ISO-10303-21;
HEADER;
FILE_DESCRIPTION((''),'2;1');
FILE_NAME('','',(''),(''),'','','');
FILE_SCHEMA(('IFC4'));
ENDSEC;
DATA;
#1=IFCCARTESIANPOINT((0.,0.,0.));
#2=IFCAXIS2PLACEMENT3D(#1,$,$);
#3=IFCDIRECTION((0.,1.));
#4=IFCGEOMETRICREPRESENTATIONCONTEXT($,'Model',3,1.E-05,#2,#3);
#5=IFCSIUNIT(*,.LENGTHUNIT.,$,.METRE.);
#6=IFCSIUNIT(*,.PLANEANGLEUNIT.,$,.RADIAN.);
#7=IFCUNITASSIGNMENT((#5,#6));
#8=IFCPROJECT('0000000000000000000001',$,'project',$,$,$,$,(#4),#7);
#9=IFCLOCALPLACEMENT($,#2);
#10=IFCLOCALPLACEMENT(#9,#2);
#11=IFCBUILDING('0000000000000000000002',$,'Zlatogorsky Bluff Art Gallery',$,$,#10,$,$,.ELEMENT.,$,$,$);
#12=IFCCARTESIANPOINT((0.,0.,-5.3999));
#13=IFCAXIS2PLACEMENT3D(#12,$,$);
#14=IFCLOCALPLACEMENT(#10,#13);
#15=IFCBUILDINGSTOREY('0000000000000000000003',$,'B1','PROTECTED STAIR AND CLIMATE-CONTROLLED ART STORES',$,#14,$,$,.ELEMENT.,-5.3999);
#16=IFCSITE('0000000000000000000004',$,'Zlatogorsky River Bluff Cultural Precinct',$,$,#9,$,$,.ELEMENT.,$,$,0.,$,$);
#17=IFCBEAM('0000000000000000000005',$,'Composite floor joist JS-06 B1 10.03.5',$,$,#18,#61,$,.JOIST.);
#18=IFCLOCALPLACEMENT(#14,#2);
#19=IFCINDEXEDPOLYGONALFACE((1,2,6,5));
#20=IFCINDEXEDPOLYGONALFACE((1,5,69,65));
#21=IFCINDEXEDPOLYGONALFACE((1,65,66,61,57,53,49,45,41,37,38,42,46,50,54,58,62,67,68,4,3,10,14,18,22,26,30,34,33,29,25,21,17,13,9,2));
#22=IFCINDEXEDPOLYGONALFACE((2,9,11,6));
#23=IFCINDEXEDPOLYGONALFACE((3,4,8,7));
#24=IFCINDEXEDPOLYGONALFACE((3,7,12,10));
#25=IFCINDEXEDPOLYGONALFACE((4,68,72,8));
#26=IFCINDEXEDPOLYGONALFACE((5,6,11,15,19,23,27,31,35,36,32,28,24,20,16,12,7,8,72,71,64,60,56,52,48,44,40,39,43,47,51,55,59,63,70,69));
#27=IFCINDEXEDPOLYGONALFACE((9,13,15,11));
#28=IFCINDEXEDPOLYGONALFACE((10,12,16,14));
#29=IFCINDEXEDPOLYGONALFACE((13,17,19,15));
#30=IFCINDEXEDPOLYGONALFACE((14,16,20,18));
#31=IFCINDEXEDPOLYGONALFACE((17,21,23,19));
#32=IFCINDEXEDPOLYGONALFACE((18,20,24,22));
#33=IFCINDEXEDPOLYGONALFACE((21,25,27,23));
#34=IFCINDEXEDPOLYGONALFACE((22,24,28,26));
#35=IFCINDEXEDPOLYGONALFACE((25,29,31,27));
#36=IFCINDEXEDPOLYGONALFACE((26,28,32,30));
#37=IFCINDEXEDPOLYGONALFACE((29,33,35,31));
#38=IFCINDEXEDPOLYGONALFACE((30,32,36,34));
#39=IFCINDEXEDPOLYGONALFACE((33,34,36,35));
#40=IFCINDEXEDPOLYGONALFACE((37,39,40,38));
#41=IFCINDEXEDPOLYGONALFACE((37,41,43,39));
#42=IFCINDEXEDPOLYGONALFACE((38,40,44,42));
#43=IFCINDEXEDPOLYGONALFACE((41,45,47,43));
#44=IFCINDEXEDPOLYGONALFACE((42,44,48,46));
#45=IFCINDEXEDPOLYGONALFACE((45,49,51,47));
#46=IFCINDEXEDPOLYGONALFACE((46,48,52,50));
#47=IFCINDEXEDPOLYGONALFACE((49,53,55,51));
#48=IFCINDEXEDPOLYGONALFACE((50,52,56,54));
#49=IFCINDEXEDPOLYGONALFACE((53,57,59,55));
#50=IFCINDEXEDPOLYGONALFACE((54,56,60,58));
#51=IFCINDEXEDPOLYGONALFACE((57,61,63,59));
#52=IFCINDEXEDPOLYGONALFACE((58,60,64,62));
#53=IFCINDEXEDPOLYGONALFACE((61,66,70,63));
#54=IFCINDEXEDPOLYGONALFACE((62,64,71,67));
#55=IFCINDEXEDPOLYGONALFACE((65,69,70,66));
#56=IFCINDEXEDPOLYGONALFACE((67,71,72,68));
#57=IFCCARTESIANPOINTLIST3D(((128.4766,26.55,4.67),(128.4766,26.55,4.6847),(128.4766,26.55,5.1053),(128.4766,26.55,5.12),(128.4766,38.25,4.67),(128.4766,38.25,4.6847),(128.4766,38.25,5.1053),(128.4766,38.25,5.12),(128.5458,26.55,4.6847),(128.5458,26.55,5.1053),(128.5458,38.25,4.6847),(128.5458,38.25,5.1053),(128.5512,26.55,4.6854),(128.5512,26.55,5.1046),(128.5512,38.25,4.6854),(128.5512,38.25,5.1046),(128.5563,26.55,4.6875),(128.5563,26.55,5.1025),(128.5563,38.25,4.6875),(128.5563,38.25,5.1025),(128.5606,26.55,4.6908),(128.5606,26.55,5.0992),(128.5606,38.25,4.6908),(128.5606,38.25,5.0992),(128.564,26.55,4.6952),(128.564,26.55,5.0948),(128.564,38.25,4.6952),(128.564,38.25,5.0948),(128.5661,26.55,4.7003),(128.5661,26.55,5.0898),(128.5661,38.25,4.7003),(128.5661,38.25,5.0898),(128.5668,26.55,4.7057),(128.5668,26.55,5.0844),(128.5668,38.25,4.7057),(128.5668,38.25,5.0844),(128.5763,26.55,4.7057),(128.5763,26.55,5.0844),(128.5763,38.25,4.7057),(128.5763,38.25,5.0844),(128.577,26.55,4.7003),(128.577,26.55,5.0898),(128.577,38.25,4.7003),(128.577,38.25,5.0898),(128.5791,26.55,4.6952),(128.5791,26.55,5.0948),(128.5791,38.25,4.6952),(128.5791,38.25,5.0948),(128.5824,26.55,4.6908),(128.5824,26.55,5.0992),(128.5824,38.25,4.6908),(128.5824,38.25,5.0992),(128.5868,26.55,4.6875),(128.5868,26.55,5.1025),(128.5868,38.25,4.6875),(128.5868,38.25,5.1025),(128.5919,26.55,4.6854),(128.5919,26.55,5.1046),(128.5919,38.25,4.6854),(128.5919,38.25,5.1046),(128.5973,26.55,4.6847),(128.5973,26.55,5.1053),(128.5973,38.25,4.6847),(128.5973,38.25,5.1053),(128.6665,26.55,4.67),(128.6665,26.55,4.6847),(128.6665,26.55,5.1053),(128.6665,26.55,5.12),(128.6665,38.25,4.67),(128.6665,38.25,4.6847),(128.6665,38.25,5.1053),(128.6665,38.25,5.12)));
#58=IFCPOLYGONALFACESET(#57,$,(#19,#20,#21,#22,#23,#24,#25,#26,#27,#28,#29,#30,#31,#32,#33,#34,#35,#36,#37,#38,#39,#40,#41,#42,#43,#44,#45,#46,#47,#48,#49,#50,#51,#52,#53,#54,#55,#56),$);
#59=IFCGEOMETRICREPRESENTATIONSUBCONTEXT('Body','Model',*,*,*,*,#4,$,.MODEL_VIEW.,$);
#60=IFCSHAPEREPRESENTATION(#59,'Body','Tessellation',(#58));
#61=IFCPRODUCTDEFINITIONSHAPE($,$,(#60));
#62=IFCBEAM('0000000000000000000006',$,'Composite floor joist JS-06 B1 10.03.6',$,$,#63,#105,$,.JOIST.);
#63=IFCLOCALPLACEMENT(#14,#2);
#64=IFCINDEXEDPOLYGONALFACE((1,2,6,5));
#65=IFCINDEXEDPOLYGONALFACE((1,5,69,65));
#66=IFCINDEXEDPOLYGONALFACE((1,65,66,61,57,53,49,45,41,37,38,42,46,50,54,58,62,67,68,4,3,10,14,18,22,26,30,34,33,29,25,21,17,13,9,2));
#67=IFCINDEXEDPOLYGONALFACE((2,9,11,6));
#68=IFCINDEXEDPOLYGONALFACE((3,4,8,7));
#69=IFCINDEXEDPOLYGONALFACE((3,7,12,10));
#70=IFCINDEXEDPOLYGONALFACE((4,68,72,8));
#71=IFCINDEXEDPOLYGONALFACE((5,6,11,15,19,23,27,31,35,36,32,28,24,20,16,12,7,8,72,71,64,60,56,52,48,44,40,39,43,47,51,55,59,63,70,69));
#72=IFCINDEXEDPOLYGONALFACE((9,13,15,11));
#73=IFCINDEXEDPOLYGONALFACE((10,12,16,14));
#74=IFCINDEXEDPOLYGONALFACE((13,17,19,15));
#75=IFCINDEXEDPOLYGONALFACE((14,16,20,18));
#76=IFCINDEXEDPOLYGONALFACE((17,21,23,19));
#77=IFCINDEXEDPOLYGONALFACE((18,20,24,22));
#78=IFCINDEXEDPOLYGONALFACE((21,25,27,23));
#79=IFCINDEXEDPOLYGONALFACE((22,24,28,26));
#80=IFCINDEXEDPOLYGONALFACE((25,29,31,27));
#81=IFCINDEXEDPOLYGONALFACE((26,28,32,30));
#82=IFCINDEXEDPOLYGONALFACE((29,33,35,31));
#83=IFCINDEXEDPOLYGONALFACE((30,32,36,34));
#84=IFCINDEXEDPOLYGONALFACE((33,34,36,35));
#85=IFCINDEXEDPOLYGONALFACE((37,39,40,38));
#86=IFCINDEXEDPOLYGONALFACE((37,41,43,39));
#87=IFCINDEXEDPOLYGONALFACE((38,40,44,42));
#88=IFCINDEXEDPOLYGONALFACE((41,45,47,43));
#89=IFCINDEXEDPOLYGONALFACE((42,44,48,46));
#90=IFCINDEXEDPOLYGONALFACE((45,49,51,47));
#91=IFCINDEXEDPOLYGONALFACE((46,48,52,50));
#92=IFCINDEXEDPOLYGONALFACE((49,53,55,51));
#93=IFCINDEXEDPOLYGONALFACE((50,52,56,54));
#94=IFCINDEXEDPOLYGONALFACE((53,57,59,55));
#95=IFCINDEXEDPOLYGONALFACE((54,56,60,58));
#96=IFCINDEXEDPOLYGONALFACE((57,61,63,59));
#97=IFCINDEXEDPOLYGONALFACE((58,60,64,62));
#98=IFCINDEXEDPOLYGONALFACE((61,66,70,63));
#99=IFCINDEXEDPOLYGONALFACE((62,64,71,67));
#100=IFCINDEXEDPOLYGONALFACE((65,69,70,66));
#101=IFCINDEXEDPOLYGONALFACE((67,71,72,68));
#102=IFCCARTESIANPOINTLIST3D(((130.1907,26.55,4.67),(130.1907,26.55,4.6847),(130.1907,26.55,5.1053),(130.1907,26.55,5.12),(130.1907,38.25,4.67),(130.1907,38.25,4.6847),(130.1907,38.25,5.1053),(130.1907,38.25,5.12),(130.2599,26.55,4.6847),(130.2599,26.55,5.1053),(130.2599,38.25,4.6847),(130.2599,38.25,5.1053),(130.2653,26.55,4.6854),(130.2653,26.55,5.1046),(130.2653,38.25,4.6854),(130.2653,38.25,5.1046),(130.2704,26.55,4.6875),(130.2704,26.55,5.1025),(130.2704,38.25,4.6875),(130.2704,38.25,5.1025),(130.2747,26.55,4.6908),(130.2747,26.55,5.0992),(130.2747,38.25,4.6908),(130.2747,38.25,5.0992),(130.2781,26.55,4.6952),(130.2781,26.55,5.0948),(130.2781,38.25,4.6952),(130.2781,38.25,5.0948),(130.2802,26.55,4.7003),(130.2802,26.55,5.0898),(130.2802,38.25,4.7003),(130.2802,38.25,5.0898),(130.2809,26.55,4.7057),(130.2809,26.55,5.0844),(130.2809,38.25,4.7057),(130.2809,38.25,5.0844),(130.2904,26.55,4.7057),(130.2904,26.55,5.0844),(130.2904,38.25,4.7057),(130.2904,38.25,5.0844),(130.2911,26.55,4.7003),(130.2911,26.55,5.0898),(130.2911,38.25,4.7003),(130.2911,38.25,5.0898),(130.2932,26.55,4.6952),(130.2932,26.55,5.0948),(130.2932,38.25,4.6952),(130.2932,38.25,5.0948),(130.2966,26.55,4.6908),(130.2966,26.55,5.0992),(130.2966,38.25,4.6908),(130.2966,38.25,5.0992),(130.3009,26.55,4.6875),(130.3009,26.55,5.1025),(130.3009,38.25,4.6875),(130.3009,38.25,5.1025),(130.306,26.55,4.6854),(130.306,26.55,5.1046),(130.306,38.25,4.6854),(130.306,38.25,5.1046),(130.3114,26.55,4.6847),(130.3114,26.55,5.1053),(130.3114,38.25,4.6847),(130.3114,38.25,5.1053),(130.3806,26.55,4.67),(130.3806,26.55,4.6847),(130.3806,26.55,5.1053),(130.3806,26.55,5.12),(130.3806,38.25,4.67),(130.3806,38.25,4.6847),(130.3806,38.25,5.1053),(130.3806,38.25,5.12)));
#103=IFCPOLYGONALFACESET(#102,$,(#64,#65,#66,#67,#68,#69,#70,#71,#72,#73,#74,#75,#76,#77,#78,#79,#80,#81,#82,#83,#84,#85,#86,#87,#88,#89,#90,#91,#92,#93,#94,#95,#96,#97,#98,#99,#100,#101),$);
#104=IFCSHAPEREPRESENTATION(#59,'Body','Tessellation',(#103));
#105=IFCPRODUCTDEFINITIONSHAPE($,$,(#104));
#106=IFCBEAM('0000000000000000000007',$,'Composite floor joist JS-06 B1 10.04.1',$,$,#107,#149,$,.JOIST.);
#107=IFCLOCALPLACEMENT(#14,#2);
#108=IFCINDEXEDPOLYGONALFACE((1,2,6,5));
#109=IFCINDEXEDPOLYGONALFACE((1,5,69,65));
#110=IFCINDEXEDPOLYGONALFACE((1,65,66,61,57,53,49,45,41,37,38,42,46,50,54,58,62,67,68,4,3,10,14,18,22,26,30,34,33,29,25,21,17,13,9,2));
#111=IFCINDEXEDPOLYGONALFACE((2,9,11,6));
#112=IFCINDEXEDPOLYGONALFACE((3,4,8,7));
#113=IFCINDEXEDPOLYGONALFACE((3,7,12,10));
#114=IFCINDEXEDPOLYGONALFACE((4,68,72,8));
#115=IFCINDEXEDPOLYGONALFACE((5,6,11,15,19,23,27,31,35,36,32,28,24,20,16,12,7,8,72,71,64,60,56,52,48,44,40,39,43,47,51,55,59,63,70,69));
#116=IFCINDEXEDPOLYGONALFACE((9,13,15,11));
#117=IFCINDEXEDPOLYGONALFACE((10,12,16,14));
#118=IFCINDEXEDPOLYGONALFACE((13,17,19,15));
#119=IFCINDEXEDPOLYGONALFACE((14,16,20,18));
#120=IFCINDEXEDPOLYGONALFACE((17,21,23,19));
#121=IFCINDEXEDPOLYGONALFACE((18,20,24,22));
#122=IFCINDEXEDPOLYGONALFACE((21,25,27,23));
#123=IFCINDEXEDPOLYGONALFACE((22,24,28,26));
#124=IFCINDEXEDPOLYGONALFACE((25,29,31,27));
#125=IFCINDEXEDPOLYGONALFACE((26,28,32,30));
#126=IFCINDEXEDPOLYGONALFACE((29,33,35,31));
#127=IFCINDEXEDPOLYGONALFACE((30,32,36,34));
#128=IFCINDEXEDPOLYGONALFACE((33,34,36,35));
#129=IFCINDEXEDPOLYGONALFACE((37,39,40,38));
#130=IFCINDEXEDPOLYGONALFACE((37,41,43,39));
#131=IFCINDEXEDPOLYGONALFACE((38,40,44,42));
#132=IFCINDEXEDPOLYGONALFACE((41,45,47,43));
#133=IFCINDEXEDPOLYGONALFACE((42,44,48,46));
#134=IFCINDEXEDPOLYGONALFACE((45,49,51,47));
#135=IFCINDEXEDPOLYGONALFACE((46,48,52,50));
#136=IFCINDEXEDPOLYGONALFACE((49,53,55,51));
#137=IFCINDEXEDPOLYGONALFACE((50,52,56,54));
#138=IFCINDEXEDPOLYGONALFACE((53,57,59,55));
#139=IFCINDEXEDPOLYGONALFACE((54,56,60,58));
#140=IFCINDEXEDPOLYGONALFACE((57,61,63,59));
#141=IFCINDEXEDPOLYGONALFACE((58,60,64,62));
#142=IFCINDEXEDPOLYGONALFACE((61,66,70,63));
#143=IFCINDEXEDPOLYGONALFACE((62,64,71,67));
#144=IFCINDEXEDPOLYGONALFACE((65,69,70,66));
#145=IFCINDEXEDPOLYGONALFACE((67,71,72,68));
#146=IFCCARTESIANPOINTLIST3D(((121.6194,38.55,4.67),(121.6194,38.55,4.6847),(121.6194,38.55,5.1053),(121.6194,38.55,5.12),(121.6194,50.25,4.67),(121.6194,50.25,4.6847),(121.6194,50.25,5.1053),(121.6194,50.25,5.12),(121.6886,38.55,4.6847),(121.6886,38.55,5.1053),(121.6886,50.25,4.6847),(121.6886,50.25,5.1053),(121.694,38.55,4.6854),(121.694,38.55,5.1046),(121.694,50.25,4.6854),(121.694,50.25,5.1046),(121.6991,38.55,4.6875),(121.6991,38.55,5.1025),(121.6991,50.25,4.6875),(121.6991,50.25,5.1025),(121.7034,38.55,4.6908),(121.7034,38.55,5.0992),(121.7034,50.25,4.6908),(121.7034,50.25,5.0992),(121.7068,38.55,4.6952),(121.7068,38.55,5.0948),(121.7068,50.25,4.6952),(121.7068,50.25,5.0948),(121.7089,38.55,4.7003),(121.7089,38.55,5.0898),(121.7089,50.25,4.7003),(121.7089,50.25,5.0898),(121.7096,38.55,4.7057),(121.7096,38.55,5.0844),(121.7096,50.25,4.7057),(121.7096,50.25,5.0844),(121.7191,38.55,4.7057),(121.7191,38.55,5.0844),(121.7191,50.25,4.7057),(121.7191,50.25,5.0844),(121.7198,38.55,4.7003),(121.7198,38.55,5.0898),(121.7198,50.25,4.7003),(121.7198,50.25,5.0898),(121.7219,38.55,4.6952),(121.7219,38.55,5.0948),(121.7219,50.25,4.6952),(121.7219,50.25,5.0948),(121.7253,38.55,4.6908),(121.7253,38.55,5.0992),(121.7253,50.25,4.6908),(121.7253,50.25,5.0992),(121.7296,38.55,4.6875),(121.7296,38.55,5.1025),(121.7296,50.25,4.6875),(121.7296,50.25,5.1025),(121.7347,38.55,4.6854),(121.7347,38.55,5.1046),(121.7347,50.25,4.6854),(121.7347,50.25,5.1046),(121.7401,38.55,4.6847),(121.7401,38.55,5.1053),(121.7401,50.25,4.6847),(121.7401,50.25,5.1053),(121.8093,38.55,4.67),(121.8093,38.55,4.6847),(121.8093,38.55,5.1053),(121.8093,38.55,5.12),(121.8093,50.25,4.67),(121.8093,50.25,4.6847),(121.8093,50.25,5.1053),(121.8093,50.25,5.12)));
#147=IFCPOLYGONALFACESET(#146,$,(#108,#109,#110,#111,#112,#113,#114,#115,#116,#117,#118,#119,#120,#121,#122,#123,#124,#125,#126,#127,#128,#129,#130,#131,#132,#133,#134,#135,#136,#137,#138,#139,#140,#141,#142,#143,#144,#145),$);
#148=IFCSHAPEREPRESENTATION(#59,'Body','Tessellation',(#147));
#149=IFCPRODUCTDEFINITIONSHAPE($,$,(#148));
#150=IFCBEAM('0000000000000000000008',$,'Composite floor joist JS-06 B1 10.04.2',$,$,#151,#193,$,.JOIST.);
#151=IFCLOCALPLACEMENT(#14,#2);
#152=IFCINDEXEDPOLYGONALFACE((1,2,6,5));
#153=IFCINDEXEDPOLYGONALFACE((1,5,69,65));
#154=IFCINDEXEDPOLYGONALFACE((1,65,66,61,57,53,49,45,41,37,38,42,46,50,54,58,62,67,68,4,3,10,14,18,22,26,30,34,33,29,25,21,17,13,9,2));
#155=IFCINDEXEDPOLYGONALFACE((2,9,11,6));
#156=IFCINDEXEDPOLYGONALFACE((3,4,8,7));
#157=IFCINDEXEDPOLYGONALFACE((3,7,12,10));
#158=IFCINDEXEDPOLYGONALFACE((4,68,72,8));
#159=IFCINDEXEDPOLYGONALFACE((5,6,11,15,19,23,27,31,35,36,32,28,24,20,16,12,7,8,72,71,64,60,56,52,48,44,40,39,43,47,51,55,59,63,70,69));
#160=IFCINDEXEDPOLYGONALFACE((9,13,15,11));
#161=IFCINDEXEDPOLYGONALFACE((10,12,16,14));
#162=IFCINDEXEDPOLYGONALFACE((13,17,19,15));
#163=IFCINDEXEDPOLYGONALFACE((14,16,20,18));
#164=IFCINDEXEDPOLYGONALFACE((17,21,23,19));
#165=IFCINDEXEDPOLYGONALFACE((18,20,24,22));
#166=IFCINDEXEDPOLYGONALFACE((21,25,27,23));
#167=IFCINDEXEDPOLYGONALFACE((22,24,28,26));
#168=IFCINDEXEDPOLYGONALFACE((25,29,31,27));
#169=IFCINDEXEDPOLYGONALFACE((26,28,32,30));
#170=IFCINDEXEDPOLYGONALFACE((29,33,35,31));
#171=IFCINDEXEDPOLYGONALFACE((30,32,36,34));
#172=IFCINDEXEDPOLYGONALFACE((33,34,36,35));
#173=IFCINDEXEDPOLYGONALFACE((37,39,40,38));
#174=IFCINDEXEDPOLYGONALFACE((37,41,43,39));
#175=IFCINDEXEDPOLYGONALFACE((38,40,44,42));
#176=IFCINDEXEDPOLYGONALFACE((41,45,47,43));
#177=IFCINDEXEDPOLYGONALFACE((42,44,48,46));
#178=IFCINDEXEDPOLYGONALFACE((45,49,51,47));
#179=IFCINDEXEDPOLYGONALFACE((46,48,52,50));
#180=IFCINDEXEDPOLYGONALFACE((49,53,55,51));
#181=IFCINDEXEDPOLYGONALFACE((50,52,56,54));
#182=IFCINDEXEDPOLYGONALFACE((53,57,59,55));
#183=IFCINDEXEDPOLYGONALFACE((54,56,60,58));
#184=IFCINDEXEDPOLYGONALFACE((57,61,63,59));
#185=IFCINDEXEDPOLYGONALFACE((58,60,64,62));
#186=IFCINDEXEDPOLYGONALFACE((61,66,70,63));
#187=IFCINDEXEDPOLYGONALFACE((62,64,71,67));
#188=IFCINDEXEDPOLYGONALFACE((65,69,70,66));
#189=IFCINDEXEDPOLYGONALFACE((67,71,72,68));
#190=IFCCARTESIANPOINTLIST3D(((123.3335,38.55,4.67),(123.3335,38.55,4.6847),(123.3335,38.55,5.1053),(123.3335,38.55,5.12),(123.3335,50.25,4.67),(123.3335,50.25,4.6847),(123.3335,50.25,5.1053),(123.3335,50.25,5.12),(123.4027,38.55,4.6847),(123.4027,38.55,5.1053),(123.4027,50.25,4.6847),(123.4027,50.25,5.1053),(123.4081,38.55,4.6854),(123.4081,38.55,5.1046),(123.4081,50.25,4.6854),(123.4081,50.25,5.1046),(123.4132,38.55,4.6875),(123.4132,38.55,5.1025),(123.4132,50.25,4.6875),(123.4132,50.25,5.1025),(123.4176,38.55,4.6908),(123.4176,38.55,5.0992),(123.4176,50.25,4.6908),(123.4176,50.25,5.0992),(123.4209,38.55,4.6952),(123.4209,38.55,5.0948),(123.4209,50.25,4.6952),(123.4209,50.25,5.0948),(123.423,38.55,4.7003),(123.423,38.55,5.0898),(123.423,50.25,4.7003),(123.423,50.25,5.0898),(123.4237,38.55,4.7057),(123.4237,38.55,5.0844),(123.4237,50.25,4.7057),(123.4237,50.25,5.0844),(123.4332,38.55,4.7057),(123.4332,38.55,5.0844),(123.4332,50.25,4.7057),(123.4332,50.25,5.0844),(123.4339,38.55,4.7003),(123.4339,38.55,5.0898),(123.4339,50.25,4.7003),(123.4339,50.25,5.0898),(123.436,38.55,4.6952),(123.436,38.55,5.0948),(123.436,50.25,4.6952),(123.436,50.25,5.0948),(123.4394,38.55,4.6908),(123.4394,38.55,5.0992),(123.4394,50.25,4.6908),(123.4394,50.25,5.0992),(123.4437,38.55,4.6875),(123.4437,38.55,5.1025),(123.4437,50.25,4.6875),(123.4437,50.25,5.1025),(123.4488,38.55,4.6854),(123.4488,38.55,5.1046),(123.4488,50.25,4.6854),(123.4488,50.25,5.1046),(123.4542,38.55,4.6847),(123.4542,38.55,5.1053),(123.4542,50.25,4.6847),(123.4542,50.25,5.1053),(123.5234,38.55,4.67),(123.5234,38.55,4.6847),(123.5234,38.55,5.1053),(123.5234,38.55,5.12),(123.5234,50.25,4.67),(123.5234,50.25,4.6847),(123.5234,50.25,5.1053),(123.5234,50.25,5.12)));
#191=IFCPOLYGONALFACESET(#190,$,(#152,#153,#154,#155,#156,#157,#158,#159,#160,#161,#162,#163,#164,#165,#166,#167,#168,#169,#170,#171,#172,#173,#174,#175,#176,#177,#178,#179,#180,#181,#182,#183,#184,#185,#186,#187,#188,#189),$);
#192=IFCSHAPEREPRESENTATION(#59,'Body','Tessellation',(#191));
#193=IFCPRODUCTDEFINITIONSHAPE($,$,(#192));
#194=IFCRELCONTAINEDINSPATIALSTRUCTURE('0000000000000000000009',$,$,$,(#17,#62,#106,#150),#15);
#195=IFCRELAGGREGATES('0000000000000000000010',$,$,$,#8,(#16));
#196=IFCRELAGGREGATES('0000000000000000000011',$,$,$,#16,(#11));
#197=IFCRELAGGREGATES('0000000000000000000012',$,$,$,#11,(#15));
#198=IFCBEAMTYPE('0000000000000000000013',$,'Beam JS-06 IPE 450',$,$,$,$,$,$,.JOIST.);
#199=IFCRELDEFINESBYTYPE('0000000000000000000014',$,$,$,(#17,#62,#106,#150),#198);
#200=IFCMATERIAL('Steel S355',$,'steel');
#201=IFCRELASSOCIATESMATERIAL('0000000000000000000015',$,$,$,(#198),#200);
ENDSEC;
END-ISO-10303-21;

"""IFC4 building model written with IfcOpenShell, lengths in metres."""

from ifc_helpers import new_model, si_unit, direction, frame, origin, origin_2d, place, context, subcontext, project, spatial, i_section, extrude, material, material_profile, profile_set, type_object, element, save


model = new_model("IFC4")

# Units and contexts
model_context = context("Model", 3, precision=1e-05, world=origin(), true_north=direction((0.0, 1.0)))
body_context = subcontext(model_context, "Body", "Model", "MODEL_VIEW")
ifc_project = project(units=[si_unit("LENGTHUNIT", "METRE"), si_unit("PLANEANGLEUNIT", "RADIAN")], contexts=[model_context])

# Site, building, storey
site_placement = place(None, origin())
site = spatial("IfcSite", under=ifc_project, at=site_placement, Name="Zlatogorsky River Bluff Cultural Precinct", CompositionType="ELEMENT", RefElevation=0.0)
building_placement = place(site_placement, origin())
building = spatial("IfcBuilding", under=site, at=building_placement, Name="Zlatogorsky Bluff Art Gallery", CompositionType="ELEMENT")
storey_placement = place(building_placement, frame((0.0, 0.0, -5.3999)))
storey = spatial("IfcBuildingStorey", under=building, at=storey_placement, Name="B1", Description="PROTECTED STAIR AND CLIMATE-CONTROLLED ART STORES", CompositionType="ELEMENT", Elevation=-5.3999)

# Beams
ifc_material_1 = material(Name="Steel S355", Category="steel")
ifc_material_profile_1 = material_profile(ifc_material_1, i_section(OverallWidth=0.1899, OverallDepth=0.45, WebThickness=0.0095, FlangeThickness=0.0146, FilletRadius=0.021, at=origin_2d()), Name="IPE 450")
ifc_profile_set_1 = profile_set([ifc_material_profile_1], Name="Steel S355")
beam_type_1 = type_object("IfcBeamType", Name="Beam JS-06 IPE 450", PredefinedType="JOIST", material=ifc_profile_set_1)
for number, where, z_axis, x_axis, name in (
    (1, (128.5715, 26.55, 4.895), (0.0, 1.0, 0.0), (-1.0, 0.0, 0.0), "Composite floor joist JS-06 B1 10.03.5"),
    (2, (130.2856, 26.55, 4.895), (0.0, 1.0, 0.0), (-1.0, 0.0, 0.0), "Composite floor joist JS-06 B1 10.03.6"),
    (3, (121.7144, 38.55, 4.895), (0.0, 1.0, 0.0), (-1.0, 0.0, 0.0), "Composite floor joist JS-06 B1 10.04.1"),
    (4, (123.4285, 38.55, 4.895), (0.0, 1.0, 0.0), (-1.0, 0.0, 0.0), "Composite floor joist JS-06 B1 10.04.2"),
):
    element("IfcBeam", number, at=place(storey_placement, frame(where, z_axis=z_axis, x_axis=x_axis)), inside=storey, type_object=beam_type_1, Name=name, PredefinedType="JOIST", context=body_context, shape_type="SweptSolid", body=[
        extrude(i_section(OverallWidth=0.1899, OverallDepth=0.45, WebThickness=0.0095, FlangeThickness=0.0146, FilletRadius=0.021, at=origin_2d()), origin(), (0.0, 0.0, 1.0), 11.7),
    ])

save(model, "model.ifc")
